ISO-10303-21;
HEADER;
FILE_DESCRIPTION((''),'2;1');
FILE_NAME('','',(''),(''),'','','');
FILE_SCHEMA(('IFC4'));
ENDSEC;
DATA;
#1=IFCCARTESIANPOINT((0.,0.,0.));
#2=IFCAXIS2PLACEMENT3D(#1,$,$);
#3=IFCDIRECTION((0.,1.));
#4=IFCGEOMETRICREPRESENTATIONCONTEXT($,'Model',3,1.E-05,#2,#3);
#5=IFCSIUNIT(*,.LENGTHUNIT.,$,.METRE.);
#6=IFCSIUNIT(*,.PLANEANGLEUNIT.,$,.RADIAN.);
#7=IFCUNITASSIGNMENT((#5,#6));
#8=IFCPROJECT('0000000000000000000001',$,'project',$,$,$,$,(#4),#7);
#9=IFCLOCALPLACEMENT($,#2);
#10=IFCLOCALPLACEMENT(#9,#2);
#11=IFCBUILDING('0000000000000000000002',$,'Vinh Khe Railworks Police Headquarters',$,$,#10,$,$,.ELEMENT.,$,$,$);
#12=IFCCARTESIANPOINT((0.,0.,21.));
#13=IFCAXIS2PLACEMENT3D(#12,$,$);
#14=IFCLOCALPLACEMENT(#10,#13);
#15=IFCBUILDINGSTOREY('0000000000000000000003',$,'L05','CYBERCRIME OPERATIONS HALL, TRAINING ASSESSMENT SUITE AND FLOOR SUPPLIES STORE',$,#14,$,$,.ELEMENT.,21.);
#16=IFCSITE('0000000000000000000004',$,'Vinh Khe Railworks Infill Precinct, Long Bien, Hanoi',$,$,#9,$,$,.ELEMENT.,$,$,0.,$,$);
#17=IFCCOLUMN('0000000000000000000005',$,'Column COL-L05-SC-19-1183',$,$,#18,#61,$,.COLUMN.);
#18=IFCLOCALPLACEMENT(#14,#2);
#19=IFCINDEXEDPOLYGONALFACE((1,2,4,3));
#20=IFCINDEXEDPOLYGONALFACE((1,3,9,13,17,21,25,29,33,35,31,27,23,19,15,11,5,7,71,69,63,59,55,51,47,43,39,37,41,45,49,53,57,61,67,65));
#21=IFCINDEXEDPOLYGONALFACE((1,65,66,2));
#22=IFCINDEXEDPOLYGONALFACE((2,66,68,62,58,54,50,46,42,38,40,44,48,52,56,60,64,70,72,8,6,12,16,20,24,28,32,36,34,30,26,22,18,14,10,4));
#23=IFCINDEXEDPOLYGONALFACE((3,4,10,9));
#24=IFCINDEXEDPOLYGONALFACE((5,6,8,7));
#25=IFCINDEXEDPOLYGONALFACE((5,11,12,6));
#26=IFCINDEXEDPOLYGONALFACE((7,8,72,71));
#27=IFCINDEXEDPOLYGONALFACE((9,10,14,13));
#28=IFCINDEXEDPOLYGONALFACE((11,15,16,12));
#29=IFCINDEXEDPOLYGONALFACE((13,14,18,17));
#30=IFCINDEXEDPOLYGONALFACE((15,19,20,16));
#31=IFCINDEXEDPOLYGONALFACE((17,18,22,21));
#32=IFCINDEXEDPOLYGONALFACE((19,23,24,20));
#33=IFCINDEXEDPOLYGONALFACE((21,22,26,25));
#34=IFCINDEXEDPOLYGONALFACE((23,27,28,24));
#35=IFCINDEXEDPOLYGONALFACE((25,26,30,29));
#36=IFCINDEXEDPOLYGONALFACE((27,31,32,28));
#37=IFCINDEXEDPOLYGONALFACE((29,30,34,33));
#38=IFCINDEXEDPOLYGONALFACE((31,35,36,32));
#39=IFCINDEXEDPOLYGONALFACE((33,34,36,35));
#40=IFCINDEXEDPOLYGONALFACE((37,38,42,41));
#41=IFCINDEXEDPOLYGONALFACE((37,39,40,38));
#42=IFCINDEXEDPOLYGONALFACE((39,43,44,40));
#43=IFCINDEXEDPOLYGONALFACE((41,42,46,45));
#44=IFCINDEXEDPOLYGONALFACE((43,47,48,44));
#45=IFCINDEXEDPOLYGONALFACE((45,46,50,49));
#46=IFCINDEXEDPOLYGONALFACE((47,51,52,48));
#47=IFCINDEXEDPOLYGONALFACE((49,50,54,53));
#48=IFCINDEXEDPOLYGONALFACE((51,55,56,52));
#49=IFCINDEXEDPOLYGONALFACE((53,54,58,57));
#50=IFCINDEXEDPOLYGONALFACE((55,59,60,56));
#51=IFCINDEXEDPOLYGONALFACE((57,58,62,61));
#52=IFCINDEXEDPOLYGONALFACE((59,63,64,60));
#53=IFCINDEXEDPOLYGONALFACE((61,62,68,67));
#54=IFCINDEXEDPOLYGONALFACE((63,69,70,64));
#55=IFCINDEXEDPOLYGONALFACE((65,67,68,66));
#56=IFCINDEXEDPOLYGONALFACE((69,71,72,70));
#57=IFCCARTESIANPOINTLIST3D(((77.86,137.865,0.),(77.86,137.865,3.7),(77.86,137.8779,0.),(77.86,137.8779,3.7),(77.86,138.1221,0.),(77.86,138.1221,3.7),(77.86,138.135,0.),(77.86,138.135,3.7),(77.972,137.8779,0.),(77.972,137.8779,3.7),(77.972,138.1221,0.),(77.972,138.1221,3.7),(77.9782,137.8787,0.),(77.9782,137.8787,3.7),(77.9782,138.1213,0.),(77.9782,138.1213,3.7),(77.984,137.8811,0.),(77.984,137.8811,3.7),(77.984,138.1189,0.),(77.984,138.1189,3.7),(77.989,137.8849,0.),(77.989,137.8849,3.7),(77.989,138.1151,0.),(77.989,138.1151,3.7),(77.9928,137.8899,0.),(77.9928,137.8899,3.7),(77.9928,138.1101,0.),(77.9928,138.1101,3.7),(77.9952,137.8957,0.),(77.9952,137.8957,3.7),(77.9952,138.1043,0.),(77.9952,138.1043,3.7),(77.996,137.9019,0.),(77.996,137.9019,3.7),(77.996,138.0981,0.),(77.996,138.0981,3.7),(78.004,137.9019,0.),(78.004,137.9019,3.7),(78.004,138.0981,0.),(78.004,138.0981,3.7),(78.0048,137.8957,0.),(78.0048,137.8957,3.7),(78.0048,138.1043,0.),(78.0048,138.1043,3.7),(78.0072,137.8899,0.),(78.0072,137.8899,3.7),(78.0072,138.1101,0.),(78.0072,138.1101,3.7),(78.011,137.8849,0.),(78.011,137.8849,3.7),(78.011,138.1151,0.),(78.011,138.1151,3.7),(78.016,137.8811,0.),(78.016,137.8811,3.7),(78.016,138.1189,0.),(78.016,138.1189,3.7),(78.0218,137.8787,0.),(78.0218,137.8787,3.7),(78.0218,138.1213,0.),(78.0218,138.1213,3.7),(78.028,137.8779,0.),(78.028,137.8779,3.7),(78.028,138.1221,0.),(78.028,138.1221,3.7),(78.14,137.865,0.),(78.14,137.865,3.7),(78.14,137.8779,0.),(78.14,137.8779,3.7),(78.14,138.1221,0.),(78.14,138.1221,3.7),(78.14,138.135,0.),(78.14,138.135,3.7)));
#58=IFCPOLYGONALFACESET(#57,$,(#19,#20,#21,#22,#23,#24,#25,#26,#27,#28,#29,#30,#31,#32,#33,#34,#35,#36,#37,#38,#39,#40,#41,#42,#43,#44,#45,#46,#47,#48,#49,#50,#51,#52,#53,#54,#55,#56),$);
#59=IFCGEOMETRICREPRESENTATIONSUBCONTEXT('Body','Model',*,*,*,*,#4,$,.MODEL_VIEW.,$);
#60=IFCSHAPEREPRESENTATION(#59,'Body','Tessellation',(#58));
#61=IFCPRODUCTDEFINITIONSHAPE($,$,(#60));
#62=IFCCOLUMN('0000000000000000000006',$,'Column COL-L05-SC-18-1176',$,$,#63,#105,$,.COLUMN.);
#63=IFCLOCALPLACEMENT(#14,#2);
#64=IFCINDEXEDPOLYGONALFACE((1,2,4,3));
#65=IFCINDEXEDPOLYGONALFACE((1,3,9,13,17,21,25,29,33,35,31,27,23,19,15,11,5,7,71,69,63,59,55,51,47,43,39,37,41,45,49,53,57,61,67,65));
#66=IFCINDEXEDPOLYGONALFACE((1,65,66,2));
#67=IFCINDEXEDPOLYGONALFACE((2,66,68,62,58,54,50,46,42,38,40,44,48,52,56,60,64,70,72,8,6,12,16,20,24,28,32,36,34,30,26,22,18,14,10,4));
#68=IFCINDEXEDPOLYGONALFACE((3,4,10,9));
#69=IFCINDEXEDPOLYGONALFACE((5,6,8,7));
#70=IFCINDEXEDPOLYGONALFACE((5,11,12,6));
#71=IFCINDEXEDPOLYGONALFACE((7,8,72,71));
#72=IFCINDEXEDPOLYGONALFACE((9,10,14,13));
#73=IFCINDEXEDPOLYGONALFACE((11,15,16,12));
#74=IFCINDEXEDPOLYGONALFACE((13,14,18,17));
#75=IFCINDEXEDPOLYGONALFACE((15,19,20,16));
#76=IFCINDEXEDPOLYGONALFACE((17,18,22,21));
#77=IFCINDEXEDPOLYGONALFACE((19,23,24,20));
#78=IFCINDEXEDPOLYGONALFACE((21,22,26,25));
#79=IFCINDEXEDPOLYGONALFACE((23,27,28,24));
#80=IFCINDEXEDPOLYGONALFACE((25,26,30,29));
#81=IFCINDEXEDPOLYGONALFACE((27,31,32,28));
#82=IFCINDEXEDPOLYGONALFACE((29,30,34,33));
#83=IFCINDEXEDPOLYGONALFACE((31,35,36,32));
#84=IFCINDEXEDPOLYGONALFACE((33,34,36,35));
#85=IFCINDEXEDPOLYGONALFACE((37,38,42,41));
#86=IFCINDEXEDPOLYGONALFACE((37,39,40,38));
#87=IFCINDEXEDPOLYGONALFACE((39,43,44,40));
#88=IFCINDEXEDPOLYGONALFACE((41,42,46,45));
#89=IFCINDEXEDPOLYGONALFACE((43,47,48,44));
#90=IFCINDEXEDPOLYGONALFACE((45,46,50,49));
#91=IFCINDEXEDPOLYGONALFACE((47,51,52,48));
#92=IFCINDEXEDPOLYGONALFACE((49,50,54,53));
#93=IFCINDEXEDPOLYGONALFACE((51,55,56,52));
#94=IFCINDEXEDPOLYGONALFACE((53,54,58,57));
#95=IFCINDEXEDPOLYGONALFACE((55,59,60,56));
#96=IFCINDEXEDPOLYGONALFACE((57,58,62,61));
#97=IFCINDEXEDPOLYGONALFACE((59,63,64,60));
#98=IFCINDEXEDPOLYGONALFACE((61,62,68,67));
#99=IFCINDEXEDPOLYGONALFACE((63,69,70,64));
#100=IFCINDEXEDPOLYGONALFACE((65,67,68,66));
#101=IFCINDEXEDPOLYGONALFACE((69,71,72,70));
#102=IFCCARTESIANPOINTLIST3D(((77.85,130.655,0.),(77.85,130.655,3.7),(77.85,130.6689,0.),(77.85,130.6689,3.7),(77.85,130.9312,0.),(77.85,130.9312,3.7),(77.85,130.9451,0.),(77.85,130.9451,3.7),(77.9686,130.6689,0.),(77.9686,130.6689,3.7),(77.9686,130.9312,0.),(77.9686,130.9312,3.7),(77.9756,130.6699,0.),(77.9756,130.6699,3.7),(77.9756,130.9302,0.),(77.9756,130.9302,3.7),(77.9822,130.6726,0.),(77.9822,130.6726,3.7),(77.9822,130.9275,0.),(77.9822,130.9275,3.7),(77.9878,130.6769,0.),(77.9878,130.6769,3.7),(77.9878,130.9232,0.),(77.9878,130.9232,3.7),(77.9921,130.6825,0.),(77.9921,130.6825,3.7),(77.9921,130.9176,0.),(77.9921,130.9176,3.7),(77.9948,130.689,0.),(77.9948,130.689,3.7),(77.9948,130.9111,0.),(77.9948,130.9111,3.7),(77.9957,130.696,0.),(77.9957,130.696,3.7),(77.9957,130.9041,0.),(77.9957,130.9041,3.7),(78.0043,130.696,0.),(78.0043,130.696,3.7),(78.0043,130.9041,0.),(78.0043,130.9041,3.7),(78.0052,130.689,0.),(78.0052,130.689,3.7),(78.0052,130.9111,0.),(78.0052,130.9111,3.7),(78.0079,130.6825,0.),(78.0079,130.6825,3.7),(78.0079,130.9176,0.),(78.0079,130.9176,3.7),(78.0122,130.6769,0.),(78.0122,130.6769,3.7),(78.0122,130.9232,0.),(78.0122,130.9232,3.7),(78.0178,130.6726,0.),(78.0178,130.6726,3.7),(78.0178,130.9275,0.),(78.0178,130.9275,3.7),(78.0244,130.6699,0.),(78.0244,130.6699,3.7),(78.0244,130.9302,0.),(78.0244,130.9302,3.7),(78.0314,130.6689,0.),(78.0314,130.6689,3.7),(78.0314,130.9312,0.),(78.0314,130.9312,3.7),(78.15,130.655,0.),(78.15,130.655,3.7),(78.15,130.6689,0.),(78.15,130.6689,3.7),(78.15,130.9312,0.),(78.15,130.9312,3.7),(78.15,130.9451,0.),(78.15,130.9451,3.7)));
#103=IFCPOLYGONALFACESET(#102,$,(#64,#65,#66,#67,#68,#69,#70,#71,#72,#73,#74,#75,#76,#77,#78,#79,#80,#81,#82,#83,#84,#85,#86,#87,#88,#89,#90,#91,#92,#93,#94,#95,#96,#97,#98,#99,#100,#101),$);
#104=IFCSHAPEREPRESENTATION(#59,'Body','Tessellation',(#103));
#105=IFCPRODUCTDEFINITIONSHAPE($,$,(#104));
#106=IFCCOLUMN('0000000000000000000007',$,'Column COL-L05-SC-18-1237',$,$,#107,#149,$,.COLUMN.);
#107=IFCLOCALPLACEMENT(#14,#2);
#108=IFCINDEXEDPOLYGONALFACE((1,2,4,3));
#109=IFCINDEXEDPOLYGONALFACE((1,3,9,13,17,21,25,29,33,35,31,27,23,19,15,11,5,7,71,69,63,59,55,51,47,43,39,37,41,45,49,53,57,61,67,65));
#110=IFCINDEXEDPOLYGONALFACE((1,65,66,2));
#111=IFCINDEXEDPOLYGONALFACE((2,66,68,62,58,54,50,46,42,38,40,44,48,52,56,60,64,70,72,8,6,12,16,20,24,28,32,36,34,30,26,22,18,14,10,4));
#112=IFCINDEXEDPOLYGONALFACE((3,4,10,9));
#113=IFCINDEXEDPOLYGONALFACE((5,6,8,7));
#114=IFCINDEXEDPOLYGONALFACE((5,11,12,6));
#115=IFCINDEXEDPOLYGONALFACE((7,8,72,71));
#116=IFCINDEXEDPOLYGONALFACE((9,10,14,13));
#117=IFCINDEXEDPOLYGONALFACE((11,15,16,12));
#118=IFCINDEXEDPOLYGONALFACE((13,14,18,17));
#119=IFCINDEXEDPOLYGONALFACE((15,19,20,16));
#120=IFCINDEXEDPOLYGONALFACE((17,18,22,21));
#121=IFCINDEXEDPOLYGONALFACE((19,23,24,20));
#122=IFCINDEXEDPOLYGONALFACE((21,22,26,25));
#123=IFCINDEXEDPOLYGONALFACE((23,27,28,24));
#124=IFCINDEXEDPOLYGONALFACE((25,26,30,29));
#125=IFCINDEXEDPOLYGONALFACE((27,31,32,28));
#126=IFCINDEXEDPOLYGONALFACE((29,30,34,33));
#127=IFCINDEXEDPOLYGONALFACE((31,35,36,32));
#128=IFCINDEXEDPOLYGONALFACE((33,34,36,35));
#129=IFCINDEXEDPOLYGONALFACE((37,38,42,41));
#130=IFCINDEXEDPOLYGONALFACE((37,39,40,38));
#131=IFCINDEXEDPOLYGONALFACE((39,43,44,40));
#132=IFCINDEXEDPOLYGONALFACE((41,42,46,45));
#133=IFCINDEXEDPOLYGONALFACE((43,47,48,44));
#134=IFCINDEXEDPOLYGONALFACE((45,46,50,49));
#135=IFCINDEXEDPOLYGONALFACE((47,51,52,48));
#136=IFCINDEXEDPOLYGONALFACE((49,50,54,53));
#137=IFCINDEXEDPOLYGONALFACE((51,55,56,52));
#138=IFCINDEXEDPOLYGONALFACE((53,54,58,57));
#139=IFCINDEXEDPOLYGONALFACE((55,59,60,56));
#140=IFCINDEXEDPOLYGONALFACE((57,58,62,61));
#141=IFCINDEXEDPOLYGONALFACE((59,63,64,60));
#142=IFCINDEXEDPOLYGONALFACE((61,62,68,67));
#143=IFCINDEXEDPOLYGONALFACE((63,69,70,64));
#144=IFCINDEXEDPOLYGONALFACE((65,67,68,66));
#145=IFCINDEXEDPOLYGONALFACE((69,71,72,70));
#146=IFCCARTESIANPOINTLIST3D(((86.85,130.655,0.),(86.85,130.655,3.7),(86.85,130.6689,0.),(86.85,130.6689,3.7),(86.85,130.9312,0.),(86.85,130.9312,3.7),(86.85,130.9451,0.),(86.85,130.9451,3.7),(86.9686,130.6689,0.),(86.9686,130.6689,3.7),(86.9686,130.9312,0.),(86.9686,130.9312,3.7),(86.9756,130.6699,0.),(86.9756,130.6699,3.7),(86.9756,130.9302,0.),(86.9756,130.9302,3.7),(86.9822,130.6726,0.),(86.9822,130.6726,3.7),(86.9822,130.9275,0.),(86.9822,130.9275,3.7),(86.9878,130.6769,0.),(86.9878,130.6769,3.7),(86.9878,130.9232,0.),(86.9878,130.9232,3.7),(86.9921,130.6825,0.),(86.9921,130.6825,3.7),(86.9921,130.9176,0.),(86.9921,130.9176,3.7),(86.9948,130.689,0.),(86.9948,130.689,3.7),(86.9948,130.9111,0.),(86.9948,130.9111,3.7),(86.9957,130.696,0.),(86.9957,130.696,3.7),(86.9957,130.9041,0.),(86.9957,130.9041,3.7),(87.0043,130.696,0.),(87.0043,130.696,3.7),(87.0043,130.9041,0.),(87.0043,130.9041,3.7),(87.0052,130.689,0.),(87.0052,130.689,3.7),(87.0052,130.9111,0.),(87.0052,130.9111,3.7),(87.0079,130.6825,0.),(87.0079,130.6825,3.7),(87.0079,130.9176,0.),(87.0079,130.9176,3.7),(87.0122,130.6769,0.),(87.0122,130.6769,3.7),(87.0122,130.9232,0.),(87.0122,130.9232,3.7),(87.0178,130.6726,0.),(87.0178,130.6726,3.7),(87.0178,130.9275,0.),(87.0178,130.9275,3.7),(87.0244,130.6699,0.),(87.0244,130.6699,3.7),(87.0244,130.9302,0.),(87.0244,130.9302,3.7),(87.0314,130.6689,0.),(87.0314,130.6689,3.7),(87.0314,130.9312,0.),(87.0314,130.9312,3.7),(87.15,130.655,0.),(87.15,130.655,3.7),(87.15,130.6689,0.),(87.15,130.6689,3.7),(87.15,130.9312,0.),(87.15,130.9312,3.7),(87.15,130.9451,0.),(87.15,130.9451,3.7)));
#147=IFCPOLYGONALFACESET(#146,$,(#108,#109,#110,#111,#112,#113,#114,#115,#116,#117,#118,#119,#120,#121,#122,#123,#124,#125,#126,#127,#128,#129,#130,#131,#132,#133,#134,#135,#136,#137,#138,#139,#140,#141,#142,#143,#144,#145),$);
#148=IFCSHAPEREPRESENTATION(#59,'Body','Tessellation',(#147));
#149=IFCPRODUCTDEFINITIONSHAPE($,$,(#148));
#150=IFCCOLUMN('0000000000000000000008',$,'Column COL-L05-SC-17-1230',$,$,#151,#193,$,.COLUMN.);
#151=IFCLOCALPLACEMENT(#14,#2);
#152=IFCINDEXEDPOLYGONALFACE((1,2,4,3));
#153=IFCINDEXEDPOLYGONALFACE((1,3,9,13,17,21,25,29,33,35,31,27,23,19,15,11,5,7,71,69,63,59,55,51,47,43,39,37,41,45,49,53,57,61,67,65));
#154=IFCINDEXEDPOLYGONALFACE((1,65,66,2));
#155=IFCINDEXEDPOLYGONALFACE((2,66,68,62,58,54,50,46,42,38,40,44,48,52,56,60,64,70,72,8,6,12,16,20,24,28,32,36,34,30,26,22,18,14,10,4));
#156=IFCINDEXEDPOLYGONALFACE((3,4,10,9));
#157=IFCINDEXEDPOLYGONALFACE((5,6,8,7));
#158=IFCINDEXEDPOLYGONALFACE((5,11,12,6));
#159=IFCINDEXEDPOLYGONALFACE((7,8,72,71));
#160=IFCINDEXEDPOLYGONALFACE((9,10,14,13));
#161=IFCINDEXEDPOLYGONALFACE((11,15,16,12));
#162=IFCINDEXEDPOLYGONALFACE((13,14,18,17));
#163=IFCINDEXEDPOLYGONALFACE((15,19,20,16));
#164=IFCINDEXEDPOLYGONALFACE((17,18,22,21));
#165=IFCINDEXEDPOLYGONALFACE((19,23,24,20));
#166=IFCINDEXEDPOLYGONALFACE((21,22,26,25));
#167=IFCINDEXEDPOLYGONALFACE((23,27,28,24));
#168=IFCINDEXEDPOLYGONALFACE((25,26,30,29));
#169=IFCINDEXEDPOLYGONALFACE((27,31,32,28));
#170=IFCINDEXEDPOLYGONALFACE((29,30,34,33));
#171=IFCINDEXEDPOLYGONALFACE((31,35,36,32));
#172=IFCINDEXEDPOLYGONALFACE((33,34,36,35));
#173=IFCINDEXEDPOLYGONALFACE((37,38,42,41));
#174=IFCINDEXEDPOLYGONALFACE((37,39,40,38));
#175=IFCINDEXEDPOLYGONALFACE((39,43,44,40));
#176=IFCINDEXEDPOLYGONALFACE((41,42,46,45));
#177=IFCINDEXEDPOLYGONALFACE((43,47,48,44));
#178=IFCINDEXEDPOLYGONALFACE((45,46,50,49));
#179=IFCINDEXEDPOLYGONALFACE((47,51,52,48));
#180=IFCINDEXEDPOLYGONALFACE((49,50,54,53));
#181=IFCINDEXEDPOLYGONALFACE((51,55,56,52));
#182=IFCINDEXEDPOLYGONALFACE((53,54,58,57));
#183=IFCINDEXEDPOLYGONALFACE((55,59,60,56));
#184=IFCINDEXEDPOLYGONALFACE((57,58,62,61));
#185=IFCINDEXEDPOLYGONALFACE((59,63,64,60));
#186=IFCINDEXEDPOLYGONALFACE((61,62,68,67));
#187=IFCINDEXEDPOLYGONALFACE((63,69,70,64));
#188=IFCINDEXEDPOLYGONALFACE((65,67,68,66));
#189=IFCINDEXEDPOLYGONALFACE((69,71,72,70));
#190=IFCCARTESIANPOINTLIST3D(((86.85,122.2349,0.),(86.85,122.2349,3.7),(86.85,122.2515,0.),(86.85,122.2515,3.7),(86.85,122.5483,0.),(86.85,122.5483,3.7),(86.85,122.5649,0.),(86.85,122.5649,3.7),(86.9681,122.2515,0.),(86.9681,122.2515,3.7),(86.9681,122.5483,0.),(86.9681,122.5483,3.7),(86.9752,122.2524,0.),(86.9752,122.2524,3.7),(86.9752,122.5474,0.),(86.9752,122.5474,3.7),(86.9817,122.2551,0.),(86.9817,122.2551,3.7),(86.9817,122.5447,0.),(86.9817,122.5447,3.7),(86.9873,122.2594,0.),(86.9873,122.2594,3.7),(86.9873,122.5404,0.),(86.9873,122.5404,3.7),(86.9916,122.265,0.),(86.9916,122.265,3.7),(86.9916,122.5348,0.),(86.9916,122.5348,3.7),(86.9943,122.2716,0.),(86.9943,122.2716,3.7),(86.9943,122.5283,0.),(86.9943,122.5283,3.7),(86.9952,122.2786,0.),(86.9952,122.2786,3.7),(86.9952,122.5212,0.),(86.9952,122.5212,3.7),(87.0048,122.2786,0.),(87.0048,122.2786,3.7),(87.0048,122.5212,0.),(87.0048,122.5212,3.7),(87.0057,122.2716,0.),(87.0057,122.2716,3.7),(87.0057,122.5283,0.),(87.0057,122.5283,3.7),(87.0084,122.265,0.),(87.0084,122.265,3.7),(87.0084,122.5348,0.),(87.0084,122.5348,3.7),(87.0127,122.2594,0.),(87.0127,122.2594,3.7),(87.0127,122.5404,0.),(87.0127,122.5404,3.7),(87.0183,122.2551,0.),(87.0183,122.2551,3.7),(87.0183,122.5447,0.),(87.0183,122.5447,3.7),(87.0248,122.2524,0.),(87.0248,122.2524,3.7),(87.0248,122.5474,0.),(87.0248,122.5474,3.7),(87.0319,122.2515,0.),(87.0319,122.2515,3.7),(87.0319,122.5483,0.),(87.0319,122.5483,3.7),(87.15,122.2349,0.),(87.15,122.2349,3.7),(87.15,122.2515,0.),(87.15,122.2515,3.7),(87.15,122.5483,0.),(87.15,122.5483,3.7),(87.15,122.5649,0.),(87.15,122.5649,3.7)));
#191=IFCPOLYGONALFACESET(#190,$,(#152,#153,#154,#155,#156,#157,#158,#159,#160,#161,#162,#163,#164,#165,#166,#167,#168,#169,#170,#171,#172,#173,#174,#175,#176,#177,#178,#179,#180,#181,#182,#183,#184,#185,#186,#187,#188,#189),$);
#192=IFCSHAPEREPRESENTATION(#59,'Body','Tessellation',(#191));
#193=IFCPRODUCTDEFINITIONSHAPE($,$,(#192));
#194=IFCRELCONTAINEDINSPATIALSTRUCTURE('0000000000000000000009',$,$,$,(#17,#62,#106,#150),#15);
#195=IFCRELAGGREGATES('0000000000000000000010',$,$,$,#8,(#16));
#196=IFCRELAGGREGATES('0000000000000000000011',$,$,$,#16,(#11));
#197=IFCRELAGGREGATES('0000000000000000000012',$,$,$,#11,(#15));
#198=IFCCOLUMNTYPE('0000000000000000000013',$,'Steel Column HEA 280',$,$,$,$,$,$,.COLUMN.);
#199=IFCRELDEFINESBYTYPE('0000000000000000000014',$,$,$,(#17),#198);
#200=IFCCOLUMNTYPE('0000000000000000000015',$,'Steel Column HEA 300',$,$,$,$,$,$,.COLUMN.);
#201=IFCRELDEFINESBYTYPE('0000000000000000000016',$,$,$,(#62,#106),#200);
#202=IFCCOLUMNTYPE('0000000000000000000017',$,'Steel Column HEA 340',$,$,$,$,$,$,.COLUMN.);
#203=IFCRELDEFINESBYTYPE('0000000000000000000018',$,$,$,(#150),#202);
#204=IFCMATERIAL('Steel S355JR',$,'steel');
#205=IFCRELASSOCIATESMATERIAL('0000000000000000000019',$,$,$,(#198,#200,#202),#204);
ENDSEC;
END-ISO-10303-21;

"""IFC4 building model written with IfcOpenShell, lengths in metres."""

from ifc_helpers import new_model, si_unit, direction, frame, origin, origin_2d, place, context, subcontext, project, spatial, i_section, extrude, material, material_profile, profile_set, type_object, element, save


model = new_model("IFC4")

# Units and contexts
model_context = context("Model", 3, precision=1e-05, world=origin(), true_north=direction((0.0, 1.0)))
body_context = subcontext(model_context, "Body", "Model", "MODEL_VIEW")
ifc_project = project(units=[si_unit("LENGTHUNIT", "METRE"), si_unit("PLANEANGLEUNIT", "RADIAN")], contexts=[model_context])

# Site, building, storey
site_placement = place(None, origin())
site = spatial("IfcSite", under=ifc_project, at=site_placement, Name="Vinh Khe Railworks Infill Precinct, Long Bien, Hanoi", CompositionType="ELEMENT", RefElevation=0.0)
building_placement = place(site_placement, origin())
building = spatial("IfcBuilding", under=site, at=building_placement, Name="Vinh Khe Railworks Police Headquarters", CompositionType="ELEMENT")
storey_placement = place(building_placement, frame((0.0, 0.0, 21.0)))
storey = spatial("IfcBuildingStorey", under=building, at=storey_placement, Name="L05", Description="CYBERCRIME OPERATIONS HALL, TRAINING ASSESSMENT SUITE AND FLOOR SUPPLIES STORE", CompositionType="ELEMENT", Elevation=21.0)

# Columns
ifc_material_1 = material(Name="Steel S355JR", Category="steel")
ifc_material_profile_1 = material_profile(ifc_material_1, i_section(OverallWidth=0.28, OverallDepth=0.27, WebThickness=0.0081, FlangeThickness=0.0129, FilletRadius=0.0239, at=origin_2d()), Name="HEA 280")
ifc_profile_set_1 = profile_set([ifc_material_profile_1], Name="Steel S355JR")
column_type_1 = type_object("IfcColumnType", Name="Steel Column HEA 280", PredefinedType="COLUMN", material=ifc_profile_set_1)
column_1_placement = place(storey_placement, frame((78.0, 138.0, 0.0), z_axis=(0.0, 0.0, 1.0), x_axis=(1.0, 0.0, 0.0)))
element("IfcColumn", 1, at=column_1_placement, inside=storey, type_object=column_type_1, Name="Column COL-L05-SC-19-1183", PredefinedType="COLUMN", context=body_context, shape_type="SweptSolid", body=[
    extrude(i_section(OverallWidth=0.28, OverallDepth=0.27, WebThickness=0.0081, FlangeThickness=0.0129, FilletRadius=0.0239, at=origin_2d()), origin(), (0.0, 0.0, 1.0), 3.7),
])
ifc_material_profile_2 = material_profile(ifc_material_1, i_section(OverallWidth=0.3, OverallDepth=0.29, WebThickness=0.0085, FlangeThickness=0.0139, FilletRadius=0.0271, at=origin_2d()), Name="HEA 300")
ifc_profile_set_2 = profile_set([ifc_material_profile_2], Name="Steel S355JR")
column_type_2 = type_object("IfcColumnType", Name="Steel Column HEA 300", PredefinedType="COLUMN", material=ifc_profile_set_2)
for number, where, z_axis, x_axis, name in (
    (2, (78.0, 130.8, 0.0), (0.0, 0.0, 1.0), (1.0, 0.0, 0.0), "Column COL-L05-SC-18-1176"),
    (3, (87.0, 130.8, 0.0), (0.0, 0.0, 1.0), (1.0, 0.0, 0.0), "Column COL-L05-SC-18-1237"),
):
    element("IfcColumn", number, at=place(storey_placement, frame(where, z_axis=z_axis, x_axis=x_axis)), inside=storey, type_object=column_type_2, Name=name, PredefinedType="COLUMN", context=body_context, shape_type="SweptSolid", body=[
        extrude(i_section(OverallWidth=0.3, OverallDepth=0.29, WebThickness=0.0085, FlangeThickness=0.0139, FilletRadius=0.0271, at=origin_2d()), origin(), (0.0, 0.0, 1.0), 3.7),
    ])
ifc_material_profile_3 = material_profile(ifc_material_1, i_section(OverallWidth=0.3, OverallDepth=0.3301, WebThickness=0.0095, FlangeThickness=0.0166, FilletRadius=0.0271, at=origin_2d()), Name="HEA 340")
ifc_profile_set_3 = profile_set([ifc_material_profile_3], Name="Steel S355JR")
column_type_3 = type_object("IfcColumnType", Name="Steel Column HEA 340", PredefinedType="COLUMN", material=ifc_profile_set_3)
column_2_placement = place(storey_placement, frame((87.0, 122.3999, 0.0), z_axis=(0.0, 0.0, 1.0), x_axis=(1.0, 0.0, 0.0)))
element("IfcColumn", 4, at=column_2_placement, inside=storey, type_object=column_type_3, Name="Column COL-L05-SC-17-1230", PredefinedType="COLUMN", context=body_context, shape_type="SweptSolid", body=[
    extrude(i_section(OverallWidth=0.3, OverallDepth=0.3301, WebThickness=0.0095, FlangeThickness=0.0166, FilletRadius=0.0271, at=origin_2d()), origin(), (0.0, 0.0, 1.0), 3.7),
])

save(model, "model.ifc")
